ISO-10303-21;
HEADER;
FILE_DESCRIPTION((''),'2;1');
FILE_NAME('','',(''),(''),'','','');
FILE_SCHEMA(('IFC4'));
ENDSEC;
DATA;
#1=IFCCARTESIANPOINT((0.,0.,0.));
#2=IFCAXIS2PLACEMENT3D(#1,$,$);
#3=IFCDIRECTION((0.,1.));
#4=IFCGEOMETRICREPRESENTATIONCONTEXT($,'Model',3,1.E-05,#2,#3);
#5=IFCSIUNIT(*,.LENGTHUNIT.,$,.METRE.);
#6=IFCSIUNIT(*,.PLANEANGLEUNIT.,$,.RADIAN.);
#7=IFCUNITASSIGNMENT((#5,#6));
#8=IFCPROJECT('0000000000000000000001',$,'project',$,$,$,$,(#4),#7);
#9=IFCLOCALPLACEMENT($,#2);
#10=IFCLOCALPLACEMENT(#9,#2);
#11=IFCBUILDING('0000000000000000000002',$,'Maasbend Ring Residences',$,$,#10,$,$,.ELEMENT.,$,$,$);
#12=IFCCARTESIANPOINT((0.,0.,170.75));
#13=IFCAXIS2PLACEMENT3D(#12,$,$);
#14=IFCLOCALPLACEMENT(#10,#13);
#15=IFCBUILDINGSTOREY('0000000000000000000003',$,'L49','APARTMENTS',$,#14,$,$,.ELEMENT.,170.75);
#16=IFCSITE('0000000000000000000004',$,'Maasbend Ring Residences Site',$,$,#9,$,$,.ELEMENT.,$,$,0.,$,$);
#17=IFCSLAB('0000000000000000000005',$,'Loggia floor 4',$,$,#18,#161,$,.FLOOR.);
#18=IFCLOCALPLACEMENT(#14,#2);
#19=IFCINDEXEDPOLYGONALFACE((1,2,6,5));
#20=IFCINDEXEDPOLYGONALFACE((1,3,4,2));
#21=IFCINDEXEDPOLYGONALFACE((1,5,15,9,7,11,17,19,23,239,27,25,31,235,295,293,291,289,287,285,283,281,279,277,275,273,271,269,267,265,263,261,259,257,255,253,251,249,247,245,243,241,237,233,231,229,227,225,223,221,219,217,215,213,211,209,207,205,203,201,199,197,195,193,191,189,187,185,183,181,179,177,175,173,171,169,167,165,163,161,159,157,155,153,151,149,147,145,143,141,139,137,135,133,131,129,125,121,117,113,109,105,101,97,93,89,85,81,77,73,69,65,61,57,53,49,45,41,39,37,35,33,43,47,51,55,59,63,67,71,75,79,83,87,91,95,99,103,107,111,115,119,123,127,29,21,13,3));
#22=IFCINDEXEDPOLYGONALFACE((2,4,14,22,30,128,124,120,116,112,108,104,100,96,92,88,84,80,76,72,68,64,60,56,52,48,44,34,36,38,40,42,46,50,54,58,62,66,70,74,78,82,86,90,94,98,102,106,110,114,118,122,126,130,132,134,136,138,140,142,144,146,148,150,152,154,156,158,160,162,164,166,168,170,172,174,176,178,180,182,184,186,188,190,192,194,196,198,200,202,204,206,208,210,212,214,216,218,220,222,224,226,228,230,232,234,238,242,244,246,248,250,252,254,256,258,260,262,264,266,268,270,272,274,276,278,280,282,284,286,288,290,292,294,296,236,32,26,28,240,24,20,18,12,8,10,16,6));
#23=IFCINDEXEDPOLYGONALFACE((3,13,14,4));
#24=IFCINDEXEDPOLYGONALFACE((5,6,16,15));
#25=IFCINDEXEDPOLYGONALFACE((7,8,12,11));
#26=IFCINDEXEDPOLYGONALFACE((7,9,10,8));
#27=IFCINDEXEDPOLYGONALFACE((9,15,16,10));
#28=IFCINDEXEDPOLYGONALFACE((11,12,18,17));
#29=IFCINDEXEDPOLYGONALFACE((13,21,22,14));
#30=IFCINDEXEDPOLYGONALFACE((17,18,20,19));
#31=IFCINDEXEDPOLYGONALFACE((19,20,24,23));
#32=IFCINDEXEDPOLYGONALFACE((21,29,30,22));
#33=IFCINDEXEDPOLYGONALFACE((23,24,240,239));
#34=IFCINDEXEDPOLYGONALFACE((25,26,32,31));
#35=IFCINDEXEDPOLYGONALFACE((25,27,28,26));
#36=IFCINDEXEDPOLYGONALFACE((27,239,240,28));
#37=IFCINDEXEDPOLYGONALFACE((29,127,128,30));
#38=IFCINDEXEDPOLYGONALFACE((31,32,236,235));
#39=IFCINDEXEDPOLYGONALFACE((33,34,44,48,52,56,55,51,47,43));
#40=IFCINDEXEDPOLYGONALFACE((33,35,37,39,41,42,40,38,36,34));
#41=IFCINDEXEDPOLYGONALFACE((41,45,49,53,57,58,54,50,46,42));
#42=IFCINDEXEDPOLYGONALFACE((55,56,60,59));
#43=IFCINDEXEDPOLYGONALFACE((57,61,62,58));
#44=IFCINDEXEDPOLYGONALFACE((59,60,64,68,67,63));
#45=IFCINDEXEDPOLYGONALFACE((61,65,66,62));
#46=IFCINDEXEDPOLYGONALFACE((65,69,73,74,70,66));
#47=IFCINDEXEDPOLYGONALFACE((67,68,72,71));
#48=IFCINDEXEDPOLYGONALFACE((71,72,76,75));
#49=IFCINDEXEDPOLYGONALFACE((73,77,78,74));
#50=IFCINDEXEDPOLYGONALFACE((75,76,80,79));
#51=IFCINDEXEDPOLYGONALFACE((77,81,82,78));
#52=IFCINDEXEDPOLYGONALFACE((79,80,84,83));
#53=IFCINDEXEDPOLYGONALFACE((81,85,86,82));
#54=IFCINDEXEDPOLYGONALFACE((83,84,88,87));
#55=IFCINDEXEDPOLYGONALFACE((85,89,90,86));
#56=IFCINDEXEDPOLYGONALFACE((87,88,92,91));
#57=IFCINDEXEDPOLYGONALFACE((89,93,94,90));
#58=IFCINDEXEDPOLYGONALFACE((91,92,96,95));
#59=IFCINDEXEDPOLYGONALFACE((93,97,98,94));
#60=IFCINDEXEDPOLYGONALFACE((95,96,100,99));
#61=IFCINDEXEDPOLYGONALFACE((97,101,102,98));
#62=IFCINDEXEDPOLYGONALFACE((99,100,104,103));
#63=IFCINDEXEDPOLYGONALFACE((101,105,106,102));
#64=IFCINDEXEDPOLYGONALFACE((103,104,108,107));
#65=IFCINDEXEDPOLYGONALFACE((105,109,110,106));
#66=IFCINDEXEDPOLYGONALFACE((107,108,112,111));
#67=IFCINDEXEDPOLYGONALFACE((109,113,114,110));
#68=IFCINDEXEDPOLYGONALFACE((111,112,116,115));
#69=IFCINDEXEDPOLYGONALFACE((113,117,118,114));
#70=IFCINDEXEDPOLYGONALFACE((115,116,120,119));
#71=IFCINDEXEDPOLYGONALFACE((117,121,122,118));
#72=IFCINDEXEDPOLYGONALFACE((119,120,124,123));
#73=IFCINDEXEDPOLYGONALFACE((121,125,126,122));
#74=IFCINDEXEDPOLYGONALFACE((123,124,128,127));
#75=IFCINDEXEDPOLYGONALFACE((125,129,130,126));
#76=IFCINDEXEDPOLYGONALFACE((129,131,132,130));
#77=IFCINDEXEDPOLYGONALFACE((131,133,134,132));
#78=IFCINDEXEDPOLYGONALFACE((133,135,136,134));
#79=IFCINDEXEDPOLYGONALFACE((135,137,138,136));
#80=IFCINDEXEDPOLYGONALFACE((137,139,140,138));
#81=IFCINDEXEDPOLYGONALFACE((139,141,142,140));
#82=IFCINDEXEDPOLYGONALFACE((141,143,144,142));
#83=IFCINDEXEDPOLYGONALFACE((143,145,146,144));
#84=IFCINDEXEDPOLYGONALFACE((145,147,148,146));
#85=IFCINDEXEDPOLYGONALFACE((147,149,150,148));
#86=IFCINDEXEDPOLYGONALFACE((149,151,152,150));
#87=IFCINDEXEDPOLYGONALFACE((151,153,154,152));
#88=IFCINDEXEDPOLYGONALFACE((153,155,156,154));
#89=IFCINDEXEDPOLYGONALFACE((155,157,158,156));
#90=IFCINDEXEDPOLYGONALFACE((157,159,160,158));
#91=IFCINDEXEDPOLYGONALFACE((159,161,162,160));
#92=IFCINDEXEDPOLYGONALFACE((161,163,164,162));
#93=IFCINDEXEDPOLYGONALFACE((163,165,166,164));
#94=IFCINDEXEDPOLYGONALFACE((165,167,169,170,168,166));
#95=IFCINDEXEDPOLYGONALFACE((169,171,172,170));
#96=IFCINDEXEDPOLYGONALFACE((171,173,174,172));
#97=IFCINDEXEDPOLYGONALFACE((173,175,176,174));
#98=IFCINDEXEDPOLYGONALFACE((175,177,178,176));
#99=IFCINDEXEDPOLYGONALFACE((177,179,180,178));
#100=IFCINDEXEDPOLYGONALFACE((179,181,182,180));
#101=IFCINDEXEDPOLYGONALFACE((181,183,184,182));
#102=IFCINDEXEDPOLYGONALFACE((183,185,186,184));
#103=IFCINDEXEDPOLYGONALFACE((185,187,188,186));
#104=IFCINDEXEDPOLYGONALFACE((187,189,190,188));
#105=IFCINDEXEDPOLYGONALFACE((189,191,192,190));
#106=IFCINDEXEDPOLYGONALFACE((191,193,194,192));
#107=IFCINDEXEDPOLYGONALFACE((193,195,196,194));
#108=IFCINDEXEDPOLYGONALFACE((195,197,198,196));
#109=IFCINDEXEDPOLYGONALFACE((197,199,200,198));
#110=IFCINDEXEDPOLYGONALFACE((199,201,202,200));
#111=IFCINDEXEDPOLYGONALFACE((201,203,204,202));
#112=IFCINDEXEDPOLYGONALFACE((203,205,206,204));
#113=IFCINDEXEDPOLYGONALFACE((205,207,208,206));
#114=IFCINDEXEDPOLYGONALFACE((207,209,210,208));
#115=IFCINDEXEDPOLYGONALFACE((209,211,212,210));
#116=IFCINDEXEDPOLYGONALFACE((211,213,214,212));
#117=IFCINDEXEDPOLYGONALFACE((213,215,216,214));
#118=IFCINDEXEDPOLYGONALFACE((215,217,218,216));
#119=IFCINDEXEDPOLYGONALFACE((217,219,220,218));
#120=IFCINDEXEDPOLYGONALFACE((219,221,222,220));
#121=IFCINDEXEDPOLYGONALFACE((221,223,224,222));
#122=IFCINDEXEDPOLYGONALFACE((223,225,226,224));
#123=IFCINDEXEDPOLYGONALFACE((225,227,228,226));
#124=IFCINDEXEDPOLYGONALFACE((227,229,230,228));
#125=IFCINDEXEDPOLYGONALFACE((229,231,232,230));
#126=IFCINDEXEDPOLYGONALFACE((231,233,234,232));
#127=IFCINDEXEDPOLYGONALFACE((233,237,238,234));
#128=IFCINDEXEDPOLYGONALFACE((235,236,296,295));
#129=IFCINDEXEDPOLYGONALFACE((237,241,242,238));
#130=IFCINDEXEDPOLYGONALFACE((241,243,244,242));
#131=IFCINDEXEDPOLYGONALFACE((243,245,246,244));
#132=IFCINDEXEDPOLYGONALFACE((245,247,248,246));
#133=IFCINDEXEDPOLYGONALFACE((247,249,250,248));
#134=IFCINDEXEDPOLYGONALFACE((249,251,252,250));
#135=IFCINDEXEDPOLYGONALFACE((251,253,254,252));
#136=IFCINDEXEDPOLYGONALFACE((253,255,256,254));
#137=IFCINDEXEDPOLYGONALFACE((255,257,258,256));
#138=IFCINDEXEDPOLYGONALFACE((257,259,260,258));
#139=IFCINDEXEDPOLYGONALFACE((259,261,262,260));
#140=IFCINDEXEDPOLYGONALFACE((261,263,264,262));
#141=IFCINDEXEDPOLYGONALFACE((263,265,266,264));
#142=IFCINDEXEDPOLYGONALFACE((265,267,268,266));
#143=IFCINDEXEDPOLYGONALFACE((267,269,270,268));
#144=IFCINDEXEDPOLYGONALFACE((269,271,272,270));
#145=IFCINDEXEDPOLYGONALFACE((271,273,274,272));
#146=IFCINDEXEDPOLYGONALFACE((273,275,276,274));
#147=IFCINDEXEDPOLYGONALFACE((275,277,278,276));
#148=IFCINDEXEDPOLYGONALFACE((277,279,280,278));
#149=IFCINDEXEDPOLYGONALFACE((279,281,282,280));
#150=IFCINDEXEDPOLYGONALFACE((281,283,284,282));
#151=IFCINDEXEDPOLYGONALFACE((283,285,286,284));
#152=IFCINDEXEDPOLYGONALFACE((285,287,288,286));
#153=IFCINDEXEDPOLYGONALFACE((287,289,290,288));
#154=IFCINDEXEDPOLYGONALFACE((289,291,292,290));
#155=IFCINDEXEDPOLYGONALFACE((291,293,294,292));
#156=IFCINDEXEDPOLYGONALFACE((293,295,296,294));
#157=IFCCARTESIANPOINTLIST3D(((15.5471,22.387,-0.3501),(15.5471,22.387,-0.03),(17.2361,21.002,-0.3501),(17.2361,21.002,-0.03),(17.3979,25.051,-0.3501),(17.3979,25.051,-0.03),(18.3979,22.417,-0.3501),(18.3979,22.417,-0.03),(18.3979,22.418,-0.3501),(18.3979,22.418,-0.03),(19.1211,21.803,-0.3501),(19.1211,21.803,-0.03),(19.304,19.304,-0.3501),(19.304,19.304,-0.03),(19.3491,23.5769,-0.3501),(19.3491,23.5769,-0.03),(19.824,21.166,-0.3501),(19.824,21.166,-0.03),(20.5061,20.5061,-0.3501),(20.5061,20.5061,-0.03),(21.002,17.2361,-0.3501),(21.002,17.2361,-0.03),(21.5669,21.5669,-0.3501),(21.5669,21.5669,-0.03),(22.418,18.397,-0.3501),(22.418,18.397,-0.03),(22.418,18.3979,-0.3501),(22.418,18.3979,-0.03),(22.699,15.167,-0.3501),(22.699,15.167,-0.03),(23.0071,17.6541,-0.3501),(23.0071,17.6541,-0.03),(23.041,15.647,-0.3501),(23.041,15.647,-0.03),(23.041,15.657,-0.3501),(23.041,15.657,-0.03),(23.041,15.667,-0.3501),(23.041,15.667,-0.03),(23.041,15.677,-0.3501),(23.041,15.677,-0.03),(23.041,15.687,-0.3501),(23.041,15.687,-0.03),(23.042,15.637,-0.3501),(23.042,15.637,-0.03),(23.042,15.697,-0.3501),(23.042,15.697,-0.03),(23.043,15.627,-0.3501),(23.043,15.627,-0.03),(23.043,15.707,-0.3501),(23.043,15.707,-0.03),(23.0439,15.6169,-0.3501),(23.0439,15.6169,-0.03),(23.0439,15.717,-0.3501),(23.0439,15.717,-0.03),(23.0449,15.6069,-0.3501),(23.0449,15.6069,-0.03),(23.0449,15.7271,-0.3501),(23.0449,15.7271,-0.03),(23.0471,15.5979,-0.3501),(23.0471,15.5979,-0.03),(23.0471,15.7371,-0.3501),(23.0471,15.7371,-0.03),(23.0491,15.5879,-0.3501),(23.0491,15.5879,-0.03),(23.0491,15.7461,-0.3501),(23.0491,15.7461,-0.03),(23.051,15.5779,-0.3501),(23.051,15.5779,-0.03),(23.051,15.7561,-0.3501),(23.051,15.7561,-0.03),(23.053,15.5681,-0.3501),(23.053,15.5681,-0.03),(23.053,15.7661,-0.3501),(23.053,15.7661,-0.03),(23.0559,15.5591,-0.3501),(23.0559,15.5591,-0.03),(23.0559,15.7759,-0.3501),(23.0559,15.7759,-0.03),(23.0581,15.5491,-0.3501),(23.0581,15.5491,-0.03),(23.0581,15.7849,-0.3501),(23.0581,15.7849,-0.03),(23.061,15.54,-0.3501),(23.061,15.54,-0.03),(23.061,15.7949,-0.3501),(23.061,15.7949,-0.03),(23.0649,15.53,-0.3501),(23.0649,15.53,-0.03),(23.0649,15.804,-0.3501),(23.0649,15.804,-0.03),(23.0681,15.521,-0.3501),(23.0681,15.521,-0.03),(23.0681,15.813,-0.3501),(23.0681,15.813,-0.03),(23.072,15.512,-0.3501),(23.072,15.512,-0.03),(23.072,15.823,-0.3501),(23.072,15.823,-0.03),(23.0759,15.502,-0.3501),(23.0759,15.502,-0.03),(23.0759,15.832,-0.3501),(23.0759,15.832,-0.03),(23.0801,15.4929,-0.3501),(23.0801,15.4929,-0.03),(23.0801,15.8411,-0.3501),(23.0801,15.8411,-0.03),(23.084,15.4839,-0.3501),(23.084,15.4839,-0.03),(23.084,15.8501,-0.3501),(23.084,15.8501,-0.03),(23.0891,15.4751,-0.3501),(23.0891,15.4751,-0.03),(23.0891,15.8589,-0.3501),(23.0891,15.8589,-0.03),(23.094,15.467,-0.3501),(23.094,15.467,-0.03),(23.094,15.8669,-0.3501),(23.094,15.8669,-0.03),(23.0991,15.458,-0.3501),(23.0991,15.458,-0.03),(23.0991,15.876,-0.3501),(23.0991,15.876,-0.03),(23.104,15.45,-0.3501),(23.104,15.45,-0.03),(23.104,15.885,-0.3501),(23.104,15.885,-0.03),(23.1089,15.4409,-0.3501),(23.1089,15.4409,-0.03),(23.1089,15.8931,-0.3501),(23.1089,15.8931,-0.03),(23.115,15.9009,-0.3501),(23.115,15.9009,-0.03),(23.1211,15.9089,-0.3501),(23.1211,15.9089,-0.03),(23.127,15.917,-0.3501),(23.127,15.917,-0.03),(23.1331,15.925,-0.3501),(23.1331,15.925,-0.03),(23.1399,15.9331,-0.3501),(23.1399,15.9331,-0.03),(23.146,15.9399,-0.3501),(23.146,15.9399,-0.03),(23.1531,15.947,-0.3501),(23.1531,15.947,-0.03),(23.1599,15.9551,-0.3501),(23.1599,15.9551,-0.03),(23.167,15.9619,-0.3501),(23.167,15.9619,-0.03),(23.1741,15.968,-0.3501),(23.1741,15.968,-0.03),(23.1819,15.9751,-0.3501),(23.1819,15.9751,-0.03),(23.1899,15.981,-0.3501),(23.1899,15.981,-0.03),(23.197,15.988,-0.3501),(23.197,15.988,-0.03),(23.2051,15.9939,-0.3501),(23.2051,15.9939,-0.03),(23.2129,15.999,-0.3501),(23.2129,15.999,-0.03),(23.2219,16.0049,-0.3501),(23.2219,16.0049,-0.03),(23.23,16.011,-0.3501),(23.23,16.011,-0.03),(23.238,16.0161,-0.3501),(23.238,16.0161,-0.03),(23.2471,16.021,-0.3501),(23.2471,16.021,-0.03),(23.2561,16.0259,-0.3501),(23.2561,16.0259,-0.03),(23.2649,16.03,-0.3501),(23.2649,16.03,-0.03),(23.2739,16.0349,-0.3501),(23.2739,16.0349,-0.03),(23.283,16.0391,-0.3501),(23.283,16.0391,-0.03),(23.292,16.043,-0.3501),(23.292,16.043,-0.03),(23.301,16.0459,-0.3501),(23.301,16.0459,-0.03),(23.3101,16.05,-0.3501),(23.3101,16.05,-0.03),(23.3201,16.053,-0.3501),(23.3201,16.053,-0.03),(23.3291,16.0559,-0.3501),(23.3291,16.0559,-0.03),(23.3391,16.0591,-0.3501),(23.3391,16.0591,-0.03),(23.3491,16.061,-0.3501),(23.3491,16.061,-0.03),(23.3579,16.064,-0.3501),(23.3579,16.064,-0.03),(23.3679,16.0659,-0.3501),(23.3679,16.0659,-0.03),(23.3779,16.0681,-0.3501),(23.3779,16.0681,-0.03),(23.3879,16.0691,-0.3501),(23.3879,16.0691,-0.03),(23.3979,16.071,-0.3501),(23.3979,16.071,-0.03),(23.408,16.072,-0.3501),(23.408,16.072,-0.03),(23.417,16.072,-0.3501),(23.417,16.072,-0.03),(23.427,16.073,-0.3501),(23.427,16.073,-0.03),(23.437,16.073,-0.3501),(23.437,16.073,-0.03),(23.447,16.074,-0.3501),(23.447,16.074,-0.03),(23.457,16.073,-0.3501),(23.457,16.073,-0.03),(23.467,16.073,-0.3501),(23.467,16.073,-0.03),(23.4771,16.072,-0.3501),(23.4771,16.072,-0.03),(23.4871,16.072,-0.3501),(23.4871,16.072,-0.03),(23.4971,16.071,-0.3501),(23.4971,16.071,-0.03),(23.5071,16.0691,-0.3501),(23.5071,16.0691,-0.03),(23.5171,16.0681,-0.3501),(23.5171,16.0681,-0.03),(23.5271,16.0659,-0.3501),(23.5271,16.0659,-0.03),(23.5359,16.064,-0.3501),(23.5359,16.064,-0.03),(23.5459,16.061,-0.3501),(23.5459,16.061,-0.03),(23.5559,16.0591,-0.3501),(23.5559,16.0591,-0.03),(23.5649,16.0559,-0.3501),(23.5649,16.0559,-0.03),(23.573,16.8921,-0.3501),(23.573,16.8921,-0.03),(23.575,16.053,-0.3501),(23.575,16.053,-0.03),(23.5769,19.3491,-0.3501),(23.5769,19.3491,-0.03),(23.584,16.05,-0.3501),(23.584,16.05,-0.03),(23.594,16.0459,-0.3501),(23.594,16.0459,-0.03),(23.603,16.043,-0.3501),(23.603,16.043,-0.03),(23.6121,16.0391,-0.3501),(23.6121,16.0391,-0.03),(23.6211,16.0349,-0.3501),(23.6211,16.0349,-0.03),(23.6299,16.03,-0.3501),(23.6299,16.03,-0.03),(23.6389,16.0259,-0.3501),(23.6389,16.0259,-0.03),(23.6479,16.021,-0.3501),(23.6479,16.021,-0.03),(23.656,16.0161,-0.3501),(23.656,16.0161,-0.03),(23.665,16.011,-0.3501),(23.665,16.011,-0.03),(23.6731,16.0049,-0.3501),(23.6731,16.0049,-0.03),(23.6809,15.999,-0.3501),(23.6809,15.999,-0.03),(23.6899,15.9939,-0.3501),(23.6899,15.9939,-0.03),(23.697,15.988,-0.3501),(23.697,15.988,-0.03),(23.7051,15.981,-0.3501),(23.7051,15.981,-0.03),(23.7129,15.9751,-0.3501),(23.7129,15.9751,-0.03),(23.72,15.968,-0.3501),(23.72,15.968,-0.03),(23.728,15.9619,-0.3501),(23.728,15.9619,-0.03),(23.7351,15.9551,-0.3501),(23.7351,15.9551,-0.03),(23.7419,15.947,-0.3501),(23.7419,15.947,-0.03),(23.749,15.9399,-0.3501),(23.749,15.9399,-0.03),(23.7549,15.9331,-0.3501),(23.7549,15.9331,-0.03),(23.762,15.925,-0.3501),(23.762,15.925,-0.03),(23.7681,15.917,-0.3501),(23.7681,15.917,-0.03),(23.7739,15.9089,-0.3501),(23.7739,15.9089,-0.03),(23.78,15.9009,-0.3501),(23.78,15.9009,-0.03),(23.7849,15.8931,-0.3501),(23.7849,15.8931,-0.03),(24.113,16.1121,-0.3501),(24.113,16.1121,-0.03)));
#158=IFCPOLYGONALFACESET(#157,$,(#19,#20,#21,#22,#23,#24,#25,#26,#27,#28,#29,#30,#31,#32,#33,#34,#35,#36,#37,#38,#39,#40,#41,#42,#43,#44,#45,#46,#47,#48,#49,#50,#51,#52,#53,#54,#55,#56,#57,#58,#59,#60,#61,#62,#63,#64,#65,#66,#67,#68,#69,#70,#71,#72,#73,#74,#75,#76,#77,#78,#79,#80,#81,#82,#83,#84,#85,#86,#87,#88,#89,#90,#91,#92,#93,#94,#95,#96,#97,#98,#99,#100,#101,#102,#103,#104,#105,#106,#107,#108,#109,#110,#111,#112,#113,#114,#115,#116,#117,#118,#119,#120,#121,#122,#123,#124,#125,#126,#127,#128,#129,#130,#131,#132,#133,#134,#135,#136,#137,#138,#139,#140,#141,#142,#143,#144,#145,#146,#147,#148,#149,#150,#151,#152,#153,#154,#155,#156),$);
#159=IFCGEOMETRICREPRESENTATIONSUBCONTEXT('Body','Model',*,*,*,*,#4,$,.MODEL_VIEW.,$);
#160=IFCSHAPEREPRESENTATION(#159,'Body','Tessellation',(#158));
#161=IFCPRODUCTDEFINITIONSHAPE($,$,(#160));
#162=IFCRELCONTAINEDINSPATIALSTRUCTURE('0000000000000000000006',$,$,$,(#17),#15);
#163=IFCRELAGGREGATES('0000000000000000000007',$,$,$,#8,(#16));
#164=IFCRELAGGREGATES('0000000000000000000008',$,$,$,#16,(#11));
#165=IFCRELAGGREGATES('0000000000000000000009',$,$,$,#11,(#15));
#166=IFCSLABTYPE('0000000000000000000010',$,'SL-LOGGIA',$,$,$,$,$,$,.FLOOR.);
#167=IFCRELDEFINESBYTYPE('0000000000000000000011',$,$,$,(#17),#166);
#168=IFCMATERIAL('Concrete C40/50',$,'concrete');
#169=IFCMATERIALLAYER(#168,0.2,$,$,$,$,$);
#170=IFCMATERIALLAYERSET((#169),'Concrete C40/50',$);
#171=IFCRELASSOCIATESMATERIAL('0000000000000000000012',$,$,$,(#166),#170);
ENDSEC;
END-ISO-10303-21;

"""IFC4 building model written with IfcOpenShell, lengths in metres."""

from ifc_helpers import new_model, si_unit, direction, frame, origin, place, context, subcontext, project, spatial, polyline, outline, extrude, material, layer, layer_set, type_object, element, save


model = new_model("IFC4")

# Units and contexts
model_context = context("Model", 3, precision=1e-05, world=origin(), true_north=direction((0.0, 1.0)))
body_context = subcontext(model_context, "Body", "Model", "MODEL_VIEW")
ifc_project = project(units=[si_unit("LENGTHUNIT", "METRE"), si_unit("PLANEANGLEUNIT", "RADIAN")], contexts=[model_context])

# Site, building, storey
site_placement = place(None, origin())
site = spatial("IfcSite", under=ifc_project, at=site_placement, Name="Maasbend Ring Residences Site", CompositionType="ELEMENT", RefElevation=0.0)
building_placement = place(site_placement, origin())
building = spatial("IfcBuilding", under=site, at=building_placement, Name="Maasbend Ring Residences", CompositionType="ELEMENT")
storey_placement = place(building_placement, frame((0.0, 0.0, 170.75)))
storey = spatial("IfcBuildingStorey", under=building, at=storey_placement, Name="L49", Description="APARTMENTS", CompositionType="ELEMENT", Elevation=170.75)

# Slab
ifc_material_1 = material(Name="Concrete C40/50", Category="concrete")
ifc_layer_1 = layer(ifc_material_1, 0.2)
ifc_layer_set_1 = layer_set([ifc_layer_1], Name="Concrete C40/50")
slab_type_1 = type_object("IfcSlabType", Name="SL-LOGGIA", PredefinedType="FLOOR", material=ifc_layer_set_1)
slab_1_placement = place(storey_placement, frame((0.0, 0.0, -0.3501)))
element("IfcSlab", 1, at=slab_1_placement, inside=storey, type_object=slab_type_1, Name="Loggia floor 4", PredefinedType="FLOOR", context=body_context, shape_type="SweptSolid", body=[
    extrude(outline(polyline([(19.3491, 23.5769), (19.3491, 23.5769), (19.3491, 23.5769), (18.3979, 22.418), (18.3979, 22.418), (18.3979, 22.418), (18.3979, 22.418), (18.3979, 22.418), (18.3979, 22.417), (18.3979, 22.417), (18.3979, 22.417), (18.3979, 22.417), (18.3979, 22.417), (18.3979, 22.417), (18.3979, 22.417), (18.3979, 22.417), (18.3979, 22.417), (18.3979, 22.417), (18.3979, 22.417), (18.3979, 22.417), (19.1211, 21.803), (19.1211, 21.803), (19.824, 21.166), (19.824, 21.166), (20.5061, 20.5061), (20.5061, 20.5061), (20.5061, 20.5061), (20.5061, 20.5061), (20.5061, 20.5061), (20.5061, 20.5061), (20.5061, 20.5061), (20.5061, 20.5061), (20.5061, 20.5061), (20.5061, 20.5061), (20.5061, 20.5061), (20.5061, 20.5061), (20.5061, 20.5061), (20.5061, 20.5061), (20.5061, 20.5061), (20.5061, 20.5061), (20.5061, 20.5061), (21.5669, 21.5669), (21.5669, 21.5669), (21.5669, 21.5669), (23.5769, 19.3491), (23.5769, 19.3491), (23.5769, 19.3491), (22.418, 18.3979), (22.418, 18.3979), (22.418, 18.3979), (22.418, 18.3979), (22.418, 18.3979), (22.418, 18.3979), (22.418, 18.397), (22.418, 18.397), (22.418, 18.397), (22.418, 18.397), (22.418, 18.397), (22.418, 18.397), (22.418, 18.397), (22.418, 18.397), (22.418, 18.397), (22.418, 18.397), (22.418, 18.397), (23.0071, 17.6541), (23.0071, 17.6541), (23.573, 16.8921), (23.573, 16.8921), (24.113, 16.1121), (24.113, 16.1121), (24.113, 16.1121), (23.7849, 15.8931), (23.7849, 15.8931), (23.78, 15.9009), (23.7739, 15.9089), (23.7681, 15.917), (23.762, 15.925), (23.7549, 15.9331), (23.749, 15.9399), (23.7419, 15.947), (23.7351, 15.9551), (23.728, 15.9619), (23.72, 15.968), (23.7129, 15.9751), (23.7051, 15.981), (23.697, 15.988), (23.6899, 15.9939), (23.6809, 15.999), (23.6731, 16.0049), (23.665, 16.011), (23.656, 16.0161), (23.6479, 16.021), (23.6389, 16.0259), (23.6299, 16.03), (23.6211, 16.0349), (23.6121, 16.0391), (23.603, 16.043), (23.594, 16.0459), (23.584, 16.05), (23.575, 16.053), (23.5649, 16.0559), (23.5559, 16.0591), (23.5459, 16.061), (23.5359, 16.064), (23.5271, 16.0659), (23.5171, 16.0681), (23.5071, 16.0691), (23.4971, 16.071), (23.4871, 16.072), (23.4771, 16.072), (23.467, 16.073), (23.457, 16.073), (23.447, 16.074), (23.437, 16.073), (23.427, 16.073), (23.417, 16.072), (23.408, 16.072), (23.3979, 16.071), (23.3879, 16.0691), (23.3779, 16.0681), (23.3679, 16.0659), (23.3579, 16.064), (23.3491, 16.061), (23.3391, 16.0591), (23.3291, 16.0559), (23.3201, 16.053), (23.3101, 16.05), (23.301, 16.0459), (23.292, 16.043), (23.283, 16.0391), (23.2739, 16.0349), (23.2649, 16.03), (23.2561, 16.0259), (23.2471, 16.021), (23.238, 16.0161), (23.23, 16.011), (23.2219, 16.0049), (23.2129, 15.999), (23.2051, 15.9939), (23.197, 15.988), (23.1899, 15.981), (23.1819, 15.9751), (23.1741, 15.968), (23.167, 15.9619), (23.1599, 15.9551), (23.1531, 15.947), (23.146, 15.9399), (23.1399, 15.9331), (23.1331, 15.925), (23.127, 15.917), (23.1211, 15.9089), (23.115, 15.9009), (23.1089, 15.8931), (23.104, 15.885), (23.0991, 15.876), (23.094, 15.8669), (23.0891, 15.8589), (23.084, 15.8501), (23.0801, 15.8411), (23.0759, 15.832), (23.072, 15.823), (23.0681, 15.813), (23.0649, 15.804), (23.061, 15.7949), (23.0581, 15.7849), (23.0559, 15.7759), (23.053, 15.7661), (23.051, 15.7561), (23.0491, 15.7461), (23.0471, 15.7371), (23.0449, 15.7271), (23.0439, 15.717), (23.043, 15.707), (23.042, 15.697), (23.041, 15.687), (23.041, 15.677), (23.041, 15.667), (23.041, 15.657), (23.041, 15.647), (23.042, 15.637), (23.043, 15.627), (23.0439, 15.6169), (23.0449, 15.6069), (23.0471, 15.5979), (23.0491, 15.5879), (23.051, 15.5779), (23.053, 15.5681), (23.0559, 15.5591), (23.0581, 15.5491), (23.061, 15.54), (23.0649, 15.53), (23.0681, 15.521), (23.072, 15.512), (23.0759, 15.502), (23.0801, 15.4929), (23.084, 15.4839), (23.0891, 15.4751), (23.094, 15.467), (23.0991, 15.458), (23.104, 15.45), (23.1089, 15.4409), (23.1089, 15.4409), (22.699, 15.167), (22.699, 15.167), (22.699, 15.167), (21.002, 17.2361), (19.304, 19.304), (19.304, 19.304), (19.304, 19.304), (17.2361, 21.002), (15.5471, 22.387), (15.5471, 22.387), (15.5471, 22.387), (17.3979, 25.051), (17.3979, 25.051), (17.3979, 25.051), (19.3491, 23.5769)])), origin(), (0.0, 0.0, 1.0), 0.3201),
])

save(model, "model.ifc")
